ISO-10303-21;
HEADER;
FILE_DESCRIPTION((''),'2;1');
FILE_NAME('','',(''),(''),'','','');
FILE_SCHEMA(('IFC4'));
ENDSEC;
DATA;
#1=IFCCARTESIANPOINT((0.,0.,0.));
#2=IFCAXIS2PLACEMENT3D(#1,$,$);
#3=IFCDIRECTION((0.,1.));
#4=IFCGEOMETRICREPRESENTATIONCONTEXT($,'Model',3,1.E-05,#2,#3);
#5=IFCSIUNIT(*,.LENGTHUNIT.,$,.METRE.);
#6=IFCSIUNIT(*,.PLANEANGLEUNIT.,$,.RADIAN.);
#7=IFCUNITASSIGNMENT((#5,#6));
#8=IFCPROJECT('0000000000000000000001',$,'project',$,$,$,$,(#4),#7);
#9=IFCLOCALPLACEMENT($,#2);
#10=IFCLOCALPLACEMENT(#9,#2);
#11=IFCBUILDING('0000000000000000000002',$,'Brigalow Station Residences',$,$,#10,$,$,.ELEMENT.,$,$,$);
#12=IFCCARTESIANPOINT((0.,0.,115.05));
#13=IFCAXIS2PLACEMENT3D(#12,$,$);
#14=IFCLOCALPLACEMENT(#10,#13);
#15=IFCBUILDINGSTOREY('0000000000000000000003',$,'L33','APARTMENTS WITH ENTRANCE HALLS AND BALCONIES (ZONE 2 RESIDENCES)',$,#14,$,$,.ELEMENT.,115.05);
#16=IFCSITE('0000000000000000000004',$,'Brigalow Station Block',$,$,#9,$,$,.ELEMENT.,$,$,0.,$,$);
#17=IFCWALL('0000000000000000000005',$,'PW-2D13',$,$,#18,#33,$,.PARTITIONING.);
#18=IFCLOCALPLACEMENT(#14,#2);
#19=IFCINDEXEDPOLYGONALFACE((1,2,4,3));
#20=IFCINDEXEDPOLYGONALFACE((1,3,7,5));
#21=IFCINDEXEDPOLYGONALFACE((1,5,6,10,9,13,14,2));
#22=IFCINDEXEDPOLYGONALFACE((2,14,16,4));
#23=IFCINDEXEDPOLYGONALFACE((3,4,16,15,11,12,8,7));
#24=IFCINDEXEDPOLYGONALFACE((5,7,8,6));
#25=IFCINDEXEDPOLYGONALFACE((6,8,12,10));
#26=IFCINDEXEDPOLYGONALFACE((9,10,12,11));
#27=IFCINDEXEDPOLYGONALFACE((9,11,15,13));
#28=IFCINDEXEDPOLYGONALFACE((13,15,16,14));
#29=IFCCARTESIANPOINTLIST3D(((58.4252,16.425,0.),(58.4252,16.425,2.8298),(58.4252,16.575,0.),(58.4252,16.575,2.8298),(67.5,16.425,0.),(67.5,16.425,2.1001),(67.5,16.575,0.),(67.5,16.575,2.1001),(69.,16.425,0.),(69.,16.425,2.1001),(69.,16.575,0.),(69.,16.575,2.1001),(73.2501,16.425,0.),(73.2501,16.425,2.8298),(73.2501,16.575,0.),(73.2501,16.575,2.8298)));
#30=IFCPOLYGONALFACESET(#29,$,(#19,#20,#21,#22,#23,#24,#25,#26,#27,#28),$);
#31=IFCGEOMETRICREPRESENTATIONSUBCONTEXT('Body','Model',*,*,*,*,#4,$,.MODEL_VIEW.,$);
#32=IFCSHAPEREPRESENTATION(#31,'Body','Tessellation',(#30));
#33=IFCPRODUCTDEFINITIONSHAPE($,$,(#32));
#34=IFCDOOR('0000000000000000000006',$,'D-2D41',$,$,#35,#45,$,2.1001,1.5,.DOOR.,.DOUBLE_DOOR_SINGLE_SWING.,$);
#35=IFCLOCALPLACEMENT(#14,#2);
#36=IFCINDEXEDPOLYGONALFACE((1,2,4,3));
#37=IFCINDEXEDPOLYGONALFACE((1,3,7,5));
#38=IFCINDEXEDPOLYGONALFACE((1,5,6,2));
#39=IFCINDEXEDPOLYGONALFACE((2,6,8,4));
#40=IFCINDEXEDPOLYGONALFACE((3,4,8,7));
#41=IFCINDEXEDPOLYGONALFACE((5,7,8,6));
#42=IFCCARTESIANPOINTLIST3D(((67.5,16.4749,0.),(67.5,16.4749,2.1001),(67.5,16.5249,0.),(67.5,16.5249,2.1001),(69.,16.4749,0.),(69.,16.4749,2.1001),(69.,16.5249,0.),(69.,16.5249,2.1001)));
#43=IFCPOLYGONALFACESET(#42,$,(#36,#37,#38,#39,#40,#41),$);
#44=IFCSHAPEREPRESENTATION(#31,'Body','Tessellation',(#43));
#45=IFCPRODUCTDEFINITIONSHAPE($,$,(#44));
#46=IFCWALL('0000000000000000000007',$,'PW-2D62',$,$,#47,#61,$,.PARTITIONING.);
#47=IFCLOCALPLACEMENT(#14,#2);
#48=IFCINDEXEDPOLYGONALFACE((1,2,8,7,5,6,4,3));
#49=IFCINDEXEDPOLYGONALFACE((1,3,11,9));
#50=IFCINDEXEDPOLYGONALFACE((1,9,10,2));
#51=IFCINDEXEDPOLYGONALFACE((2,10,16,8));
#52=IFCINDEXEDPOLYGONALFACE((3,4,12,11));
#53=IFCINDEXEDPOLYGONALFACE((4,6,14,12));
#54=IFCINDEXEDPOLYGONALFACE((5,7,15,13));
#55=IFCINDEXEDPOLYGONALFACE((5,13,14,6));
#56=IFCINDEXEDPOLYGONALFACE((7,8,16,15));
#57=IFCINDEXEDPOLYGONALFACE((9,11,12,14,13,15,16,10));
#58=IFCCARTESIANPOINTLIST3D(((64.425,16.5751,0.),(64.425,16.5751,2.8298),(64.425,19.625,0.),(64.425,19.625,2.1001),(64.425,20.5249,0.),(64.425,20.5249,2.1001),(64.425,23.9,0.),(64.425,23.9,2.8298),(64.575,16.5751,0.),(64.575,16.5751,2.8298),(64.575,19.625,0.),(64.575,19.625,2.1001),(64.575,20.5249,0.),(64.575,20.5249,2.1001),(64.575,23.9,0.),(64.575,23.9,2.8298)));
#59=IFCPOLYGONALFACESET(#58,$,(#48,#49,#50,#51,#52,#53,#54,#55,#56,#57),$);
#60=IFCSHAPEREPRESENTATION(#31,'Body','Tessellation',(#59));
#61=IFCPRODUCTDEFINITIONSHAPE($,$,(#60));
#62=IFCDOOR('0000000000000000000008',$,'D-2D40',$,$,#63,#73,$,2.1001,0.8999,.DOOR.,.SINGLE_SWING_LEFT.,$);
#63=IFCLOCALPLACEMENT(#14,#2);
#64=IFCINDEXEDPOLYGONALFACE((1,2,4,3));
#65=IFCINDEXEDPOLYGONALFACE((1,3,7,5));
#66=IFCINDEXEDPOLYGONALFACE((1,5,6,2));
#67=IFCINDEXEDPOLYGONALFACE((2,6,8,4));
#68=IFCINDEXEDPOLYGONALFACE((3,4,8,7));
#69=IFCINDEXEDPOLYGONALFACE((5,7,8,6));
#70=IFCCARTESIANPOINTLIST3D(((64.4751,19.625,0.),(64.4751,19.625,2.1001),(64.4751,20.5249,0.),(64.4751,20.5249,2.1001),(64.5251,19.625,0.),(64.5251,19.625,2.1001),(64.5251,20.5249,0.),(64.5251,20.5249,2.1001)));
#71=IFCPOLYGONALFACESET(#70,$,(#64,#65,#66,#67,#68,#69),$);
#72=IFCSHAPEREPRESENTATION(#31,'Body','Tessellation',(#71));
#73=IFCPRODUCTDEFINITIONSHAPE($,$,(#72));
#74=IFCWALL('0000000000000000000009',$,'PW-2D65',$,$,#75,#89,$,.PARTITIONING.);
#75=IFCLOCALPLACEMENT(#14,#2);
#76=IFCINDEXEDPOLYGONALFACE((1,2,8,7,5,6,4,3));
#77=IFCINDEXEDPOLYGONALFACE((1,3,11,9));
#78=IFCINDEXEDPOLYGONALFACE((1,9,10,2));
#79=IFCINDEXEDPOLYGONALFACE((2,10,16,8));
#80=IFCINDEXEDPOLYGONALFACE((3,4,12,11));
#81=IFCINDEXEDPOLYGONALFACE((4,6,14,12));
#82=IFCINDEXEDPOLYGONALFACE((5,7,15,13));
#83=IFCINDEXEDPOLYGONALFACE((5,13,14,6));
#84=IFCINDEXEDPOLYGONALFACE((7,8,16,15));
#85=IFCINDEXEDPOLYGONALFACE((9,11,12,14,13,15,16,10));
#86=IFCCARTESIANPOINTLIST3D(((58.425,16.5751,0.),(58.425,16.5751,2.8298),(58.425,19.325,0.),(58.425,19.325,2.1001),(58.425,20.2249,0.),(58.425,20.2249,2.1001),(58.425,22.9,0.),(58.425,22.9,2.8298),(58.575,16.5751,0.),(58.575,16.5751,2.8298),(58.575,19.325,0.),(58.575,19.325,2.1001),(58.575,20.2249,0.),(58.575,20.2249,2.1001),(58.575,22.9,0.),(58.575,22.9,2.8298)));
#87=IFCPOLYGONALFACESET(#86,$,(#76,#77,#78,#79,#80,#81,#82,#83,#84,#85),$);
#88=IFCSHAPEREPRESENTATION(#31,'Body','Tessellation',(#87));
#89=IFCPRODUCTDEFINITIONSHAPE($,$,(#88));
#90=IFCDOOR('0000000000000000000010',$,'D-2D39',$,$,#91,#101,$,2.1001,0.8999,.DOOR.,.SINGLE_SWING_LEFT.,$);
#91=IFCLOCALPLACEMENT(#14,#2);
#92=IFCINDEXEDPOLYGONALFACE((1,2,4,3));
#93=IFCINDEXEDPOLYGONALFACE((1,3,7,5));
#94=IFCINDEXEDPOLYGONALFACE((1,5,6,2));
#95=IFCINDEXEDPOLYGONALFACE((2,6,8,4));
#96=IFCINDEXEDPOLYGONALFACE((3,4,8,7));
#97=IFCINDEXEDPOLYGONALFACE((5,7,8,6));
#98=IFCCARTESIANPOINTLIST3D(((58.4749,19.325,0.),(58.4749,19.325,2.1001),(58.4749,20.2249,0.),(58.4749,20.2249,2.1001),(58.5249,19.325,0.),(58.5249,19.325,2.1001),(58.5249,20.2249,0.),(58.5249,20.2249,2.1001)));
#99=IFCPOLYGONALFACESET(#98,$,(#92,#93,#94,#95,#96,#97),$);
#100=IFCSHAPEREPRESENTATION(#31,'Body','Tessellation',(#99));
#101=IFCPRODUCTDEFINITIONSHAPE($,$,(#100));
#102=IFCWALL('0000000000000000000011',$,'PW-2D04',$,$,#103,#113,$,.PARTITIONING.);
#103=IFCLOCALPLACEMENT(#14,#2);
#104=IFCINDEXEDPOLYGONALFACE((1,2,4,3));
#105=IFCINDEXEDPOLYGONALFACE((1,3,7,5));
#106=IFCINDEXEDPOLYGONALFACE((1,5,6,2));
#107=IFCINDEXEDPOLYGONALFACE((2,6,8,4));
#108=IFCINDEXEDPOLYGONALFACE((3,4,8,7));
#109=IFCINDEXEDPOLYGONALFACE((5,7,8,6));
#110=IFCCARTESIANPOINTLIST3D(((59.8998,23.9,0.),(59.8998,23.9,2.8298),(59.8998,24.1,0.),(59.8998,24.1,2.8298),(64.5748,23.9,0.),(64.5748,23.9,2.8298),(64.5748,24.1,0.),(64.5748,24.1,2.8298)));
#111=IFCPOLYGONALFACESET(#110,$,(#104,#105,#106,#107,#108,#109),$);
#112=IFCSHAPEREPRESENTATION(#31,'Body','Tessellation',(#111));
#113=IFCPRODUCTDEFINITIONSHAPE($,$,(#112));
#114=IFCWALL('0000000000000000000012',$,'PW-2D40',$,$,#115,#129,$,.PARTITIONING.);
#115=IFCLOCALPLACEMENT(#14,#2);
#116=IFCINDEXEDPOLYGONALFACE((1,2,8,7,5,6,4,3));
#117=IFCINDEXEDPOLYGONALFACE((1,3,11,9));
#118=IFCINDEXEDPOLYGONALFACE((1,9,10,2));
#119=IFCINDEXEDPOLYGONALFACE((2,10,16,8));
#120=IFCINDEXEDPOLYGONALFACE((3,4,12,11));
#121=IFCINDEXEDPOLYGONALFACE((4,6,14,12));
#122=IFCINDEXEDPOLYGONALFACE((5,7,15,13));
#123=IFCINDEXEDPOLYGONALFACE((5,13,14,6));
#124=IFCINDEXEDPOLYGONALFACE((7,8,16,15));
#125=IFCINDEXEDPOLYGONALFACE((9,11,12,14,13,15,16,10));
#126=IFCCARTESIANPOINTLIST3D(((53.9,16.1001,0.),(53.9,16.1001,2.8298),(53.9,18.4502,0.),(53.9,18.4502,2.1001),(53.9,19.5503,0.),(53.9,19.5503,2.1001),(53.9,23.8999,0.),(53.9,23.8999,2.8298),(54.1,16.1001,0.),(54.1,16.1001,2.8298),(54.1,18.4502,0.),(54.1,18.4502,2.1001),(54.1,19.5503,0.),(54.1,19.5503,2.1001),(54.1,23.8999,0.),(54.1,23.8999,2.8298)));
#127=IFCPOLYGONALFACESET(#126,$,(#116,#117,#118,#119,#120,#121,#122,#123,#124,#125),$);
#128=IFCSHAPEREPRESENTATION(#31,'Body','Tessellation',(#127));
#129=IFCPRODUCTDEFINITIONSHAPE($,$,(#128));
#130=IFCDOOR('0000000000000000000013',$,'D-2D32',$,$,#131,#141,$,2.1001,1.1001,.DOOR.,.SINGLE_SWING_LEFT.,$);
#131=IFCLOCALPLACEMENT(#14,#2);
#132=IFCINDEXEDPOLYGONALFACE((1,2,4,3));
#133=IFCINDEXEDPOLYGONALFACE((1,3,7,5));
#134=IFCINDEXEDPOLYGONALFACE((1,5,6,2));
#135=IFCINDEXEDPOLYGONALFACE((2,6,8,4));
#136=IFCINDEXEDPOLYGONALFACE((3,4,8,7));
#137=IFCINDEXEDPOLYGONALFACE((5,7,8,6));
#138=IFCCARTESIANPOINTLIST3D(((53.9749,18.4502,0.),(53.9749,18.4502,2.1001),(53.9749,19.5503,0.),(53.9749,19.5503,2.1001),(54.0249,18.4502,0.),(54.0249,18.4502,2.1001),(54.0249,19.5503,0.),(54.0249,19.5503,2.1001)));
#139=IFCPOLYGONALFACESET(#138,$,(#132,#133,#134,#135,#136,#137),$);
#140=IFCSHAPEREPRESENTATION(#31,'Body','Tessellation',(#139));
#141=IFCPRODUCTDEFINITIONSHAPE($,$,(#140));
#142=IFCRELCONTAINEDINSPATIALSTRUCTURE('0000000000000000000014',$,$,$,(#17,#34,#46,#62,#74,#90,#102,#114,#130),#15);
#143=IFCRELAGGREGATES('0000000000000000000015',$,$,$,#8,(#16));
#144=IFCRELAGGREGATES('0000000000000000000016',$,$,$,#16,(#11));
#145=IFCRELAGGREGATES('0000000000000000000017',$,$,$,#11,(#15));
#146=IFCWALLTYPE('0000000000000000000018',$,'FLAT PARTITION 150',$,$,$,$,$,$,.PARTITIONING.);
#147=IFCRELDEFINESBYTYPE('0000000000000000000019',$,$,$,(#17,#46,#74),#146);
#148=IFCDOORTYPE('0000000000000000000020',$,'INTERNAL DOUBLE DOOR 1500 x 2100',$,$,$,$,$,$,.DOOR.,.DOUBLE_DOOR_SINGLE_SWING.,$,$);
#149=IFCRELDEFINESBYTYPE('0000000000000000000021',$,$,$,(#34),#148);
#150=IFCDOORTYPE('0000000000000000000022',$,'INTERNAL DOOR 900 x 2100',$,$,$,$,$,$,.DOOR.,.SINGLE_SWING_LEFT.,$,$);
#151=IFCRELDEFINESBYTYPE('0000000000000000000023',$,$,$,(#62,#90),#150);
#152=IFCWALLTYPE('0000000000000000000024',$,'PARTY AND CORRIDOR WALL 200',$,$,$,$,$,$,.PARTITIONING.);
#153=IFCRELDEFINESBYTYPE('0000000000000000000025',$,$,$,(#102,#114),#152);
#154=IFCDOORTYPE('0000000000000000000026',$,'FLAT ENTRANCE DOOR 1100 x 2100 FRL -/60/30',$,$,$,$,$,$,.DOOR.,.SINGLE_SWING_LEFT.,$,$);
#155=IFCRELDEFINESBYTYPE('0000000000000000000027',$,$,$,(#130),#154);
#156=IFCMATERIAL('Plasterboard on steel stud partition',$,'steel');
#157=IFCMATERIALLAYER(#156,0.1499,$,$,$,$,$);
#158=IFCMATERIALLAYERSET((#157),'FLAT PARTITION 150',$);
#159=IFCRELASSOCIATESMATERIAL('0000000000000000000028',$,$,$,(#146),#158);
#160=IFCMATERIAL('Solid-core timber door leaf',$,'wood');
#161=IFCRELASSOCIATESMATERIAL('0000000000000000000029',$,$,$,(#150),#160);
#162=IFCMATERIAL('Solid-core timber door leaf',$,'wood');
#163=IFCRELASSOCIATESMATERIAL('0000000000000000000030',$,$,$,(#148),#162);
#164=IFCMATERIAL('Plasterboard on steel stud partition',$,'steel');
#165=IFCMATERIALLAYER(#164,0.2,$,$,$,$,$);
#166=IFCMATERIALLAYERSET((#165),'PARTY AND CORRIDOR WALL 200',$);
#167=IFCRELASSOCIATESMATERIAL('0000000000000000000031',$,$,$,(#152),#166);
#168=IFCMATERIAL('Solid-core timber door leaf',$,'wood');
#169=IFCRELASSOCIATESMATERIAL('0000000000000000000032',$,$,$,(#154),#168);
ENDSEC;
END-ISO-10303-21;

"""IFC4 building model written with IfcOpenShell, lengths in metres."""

from ifc_helpers import new_model, si_unit, direction, frame, frame_2d, origin, place, context, subcontext, project, spatial, rectangle, extrude, material, layer, layer_set, type_object, element, fill, save


model = new_model("IFC4")

# Units and contexts
model_context = context("Model", 3, precision=1e-05, world=origin(), true_north=direction((0.0, 1.0)))
body_context = subcontext(model_context, "Body", "Model", "MODEL_VIEW")
ifc_project = project(units=[si_unit("LENGTHUNIT", "METRE"), si_unit("PLANEANGLEUNIT", "RADIAN")], contexts=[model_context])

# Site, building, storey
site_placement = place(None, origin())
site = spatial("IfcSite", under=ifc_project, at=site_placement, Name="Brigalow Station Block", CompositionType="ELEMENT", RefElevation=0.0)
building_placement = place(site_placement, origin())
building = spatial("IfcBuilding", under=site, at=building_placement, Name="Brigalow Station Residences", CompositionType="ELEMENT")
storey_placement = place(building_placement, frame((0.0, 0.0, 115.05)))
storey = spatial("IfcBuildingStorey", under=building, at=storey_placement, Name="L33", Description="APARTMENTS WITH ENTRANCE HALLS AND BALCONIES (ZONE 2 RESIDENCES)", CompositionType="ELEMENT", Elevation=115.05)

# Shared definitions
ifc_material_1 = material(Name="Plasterboard on steel stud partition", Category="steel")
ifc_layer_1 = layer(ifc_material_1, 0.1499)
ifc_layer_set_1 = layer_set([ifc_layer_1], Name="FLAT PARTITION 150")
wall_type_1 = type_object("IfcWallType", Name="FLAT PARTITION 150", PredefinedType="PARTITIONING", material=ifc_layer_set_1)
ifc_material_2 = material(Name="Solid-core timber door leaf", Category="wood")
door_type_1 = type_object("IfcDoorType", Name="INTERNAL DOOR 900 x 2100", OperationType="SINGLE_SWING_LEFT", PredefinedType="DOOR", material=ifc_material_2)

# Walls, openings, doors
wall_1_placement = place(storey_placement, frame((58.425, 16.5, 0.0), z_axis=(0.0, 0.0, 1.0), x_axis=(1.0, 0.0, 0.0)))
wall_1 = element("IfcWall", 1, at=wall_1_placement, inside=storey, type_object=wall_type_1, Name="PW-2D13", PredefinedType="PARTITIONING", context=body_context, shape_type="SweptSolid", body=[
    extrude(rectangle(XDim=14.825, YDim=0.1499, at=frame_2d((7.4126, 0.0))), origin(), (0.0, 0.0, 1.0), 2.8298),
])
opening_1_placement = place(wall_1_placement, frame((9.075, 0.0, 0.0)))
opening_1 = element("IfcOpeningElement", 2, at=opening_1_placement, cuts=wall_1, PredefinedType="OPENING", context=body_context, shape_type="SweptSolid", body=[
    extrude(rectangle(XDim=1.5, YDim=2.1001, at=frame_2d((0.75, 1.05))), frame((0.0, 0.085, 0.0), z_axis=(0.0, -1.0, 0.0), x_axis=(1.0, 0.0, 0.0)), (0.0, 0.0, 1.0), 0.1699),
])
ifc_material_3 = material(Name="Solid-core timber door leaf", Category="wood")
door_type_2 = type_object("IfcDoorType", Name="INTERNAL DOUBLE DOOR 1500 x 2100", OperationType="DOUBLE_DOOR_SINGLE_SWING", PredefinedType="DOOR", material=ifc_material_3)
door_1_placement = place(opening_1_placement, origin())
door_1 = element("IfcDoor", 3, at=door_1_placement, inside=storey, type_object=door_type_2, Name="D-2D41", OperationType="DOUBLE_DOOR_SINGLE_SWING", OverallHeight=2.1001, OverallWidth=1.5, PredefinedType="DOOR", context=body_context, shape_type="SweptSolid", body=[
    extrude(rectangle(XDim=1.5, YDim=2.1001, at=frame_2d((0.75, 1.05))), frame((0.0, 0.0249, 0.0), z_axis=(0.0, -1.0, 0.0), x_axis=(1.0, 0.0, 0.0)), (0.0, 0.0, 1.0), 0.05),
])
fill(opening_1, door_1)
wall_2_placement = place(storey_placement, frame((64.5, 16.575, 0.0), z_axis=(0.0, 0.0, 1.0), x_axis=(0.0, 1.0, 0.0)))
wall_2 = element("IfcWall", 4, at=wall_2_placement, inside=storey, type_object=wall_type_1, Name="PW-2D62", PredefinedType="PARTITIONING", context=body_context, shape_type="SweptSolid", body=[
    extrude(rectangle(XDim=7.325, YDim=0.1499, at=frame_2d((3.6626, 0.0))), origin(), (0.0, 0.0, 1.0), 2.8298),
])
opening_2_placement = place(wall_2_placement, frame((3.05, 0.0, 0.0)))
opening_2 = element("IfcOpeningElement", 5, at=opening_2_placement, cuts=wall_2, PredefinedType="OPENING", context=body_context, shape_type="SweptSolid", body=[
    extrude(rectangle(XDim=0.8999, YDim=2.1001, at=frame_2d((0.45, 1.05))), frame((0.0, 0.085, 0.0), z_axis=(0.0, -1.0, 0.0), x_axis=(1.0, 0.0, 0.0)), (0.0, 0.0, 1.0), 0.1699),
])
door_2_placement = place(opening_2_placement, origin())
door_2 = element("IfcDoor", 6, at=door_2_placement, inside=storey, type_object=door_type_1, Name="D-2D40", OperationType="SINGLE_SWING_LEFT", OverallHeight=2.1001, OverallWidth=0.8999, PredefinedType="DOOR", context=body_context, shape_type="SweptSolid", body=[
    extrude(rectangle(XDim=0.8999, YDim=2.1001, at=frame_2d((0.45, 1.05))), frame((0.0, 0.0249, 0.0), z_axis=(0.0, -1.0, 0.0), x_axis=(1.0, 0.0, 0.0)), (0.0, 0.0, 1.0), 0.05),
])
fill(opening_2, door_2)
wall_3_placement = place(storey_placement, frame((58.5, 16.575, 0.0), z_axis=(0.0, 0.0, 1.0), x_axis=(0.0, 1.0, 0.0)))
wall_3 = element("IfcWall", 7, at=wall_3_placement, inside=storey, type_object=wall_type_1, Name="PW-2D65", PredefinedType="PARTITIONING", context=body_context, shape_type="SweptSolid", body=[
    extrude(rectangle(XDim=6.325, YDim=0.1499, at=frame_2d((3.1626, 0.0))), origin(), (0.0, 0.0, 1.0), 2.8298),
])
opening_3_placement = place(wall_3_placement, frame((2.75, 0.0, 0.0)))
opening_3 = element("IfcOpeningElement", 8, at=opening_3_placement, cuts=wall_3, PredefinedType="OPENING", context=body_context, shape_type="SweptSolid", body=[
    extrude(rectangle(XDim=0.8999, YDim=2.1001, at=frame_2d((0.45, 1.05))), frame((0.0, 0.085, 0.0), z_axis=(0.0, -1.0, 0.0), x_axis=(1.0, 0.0, 0.0)), (0.0, 0.0, 1.0), 0.1699),
])
door_3_placement = place(opening_3_placement, frame((0.8999, 0.0, 0.0), z_axis=(0.0, 0.0, 1.0), x_axis=(-1.0, 0.0, 0.0)))
door_3 = element("IfcDoor", 9, at=door_3_placement, inside=storey, type_object=door_type_1, Name="D-2D39", OperationType="SINGLE_SWING_LEFT", OverallHeight=2.1001, OverallWidth=0.8999, PredefinedType="DOOR", context=body_context, shape_type="SweptSolid", body=[
    extrude(rectangle(XDim=0.8999, YDim=2.1001, at=frame_2d((0.45, 1.05))), frame((0.0, 0.0249, 0.0), z_axis=(0.0, -1.0, 0.0), x_axis=(1.0, 0.0, 0.0)), (0.0, 0.0, 1.0), 0.05),
])
fill(opening_3, door_3)

# Wall
ifc_material_4 = material(Name="Plasterboard on steel stud partition", Category="steel")
ifc_layer_2 = layer(ifc_material_4, 0.2)
ifc_layer_set_2 = layer_set([ifc_layer_2], Name="PARTY AND CORRIDOR WALL 200")
wall_type_2 = type_object("IfcWallType", Name="PARTY AND CORRIDOR WALL 200", PredefinedType="PARTITIONING", material=ifc_layer_set_2)
wall_4_placement = place(storey_placement, frame((59.8999, 24.0, 0.0), z_axis=(0.0, 0.0, 1.0), x_axis=(1.0, 0.0, 0.0)))
element("IfcWall", 10, at=wall_4_placement, inside=storey, type_object=wall_type_2, Name="PW-2D04", PredefinedType="PARTITIONING", context=body_context, shape_type="SweptSolid", body=[
    extrude(rectangle(XDim=4.675, YDim=0.2, at=frame_2d((2.3374, 0.0))), origin(), (0.0, 0.0, 1.0), 2.8298),
])

# Wall, opening, door
wall_5_placement = place(storey_placement, frame((54.0, 16.1001, 0.0), z_axis=(0.0, 0.0, 1.0), x_axis=(0.0, 1.0, 0.0)))
wall_5 = element("IfcWall", 11, at=wall_5_placement, inside=storey, type_object=wall_type_2, Name="PW-2D40", PredefinedType="PARTITIONING", context=body_context, shape_type="SweptSolid", body=[
    extrude(rectangle(XDim=7.7998, YDim=0.2, at=frame_2d((3.8999, 0.0))), origin(), (0.0, 0.0, 1.0), 2.8298),
])
opening_4_placement = place(wall_5_placement, frame((2.3501, 0.0, 0.0)))
opening_4 = element("IfcOpeningElement", 12, at=opening_4_placement, cuts=wall_5, PredefinedType="OPENING", context=body_context, shape_type="SweptSolid", body=[
    extrude(rectangle(XDim=1.1001, YDim=2.1001, at=frame_2d((0.55, 1.05))), frame((0.0, 0.1099, 0.0), z_axis=(0.0, -1.0, 0.0), x_axis=(1.0, 0.0, 0.0)), (0.0, 0.0, 1.0), 0.22),
])
ifc_material_5 = material(Name="Solid-core timber door leaf", Category="wood")
door_type_3 = type_object("IfcDoorType", Name="FLAT ENTRANCE DOOR 1100 x 2100 FRL -/60/30", OperationType="SINGLE_SWING_LEFT", PredefinedType="DOOR", material=ifc_material_5)
door_4_placement = place(opening_4_placement, frame((1.1001, 0.0, 0.0), z_axis=(0.0, 0.0, 1.0), x_axis=(-1.0, 0.0, 0.0)))
door_4 = element("IfcDoor", 13, at=door_4_placement, inside=storey, type_object=door_type_3, Name="D-2D32", OperationType="SINGLE_SWING_LEFT", OverallHeight=2.1001, OverallWidth=1.1001, PredefinedType="DOOR", context=body_context, shape_type="SweptSolid", body=[
    extrude(rectangle(XDim=1.1001, YDim=2.1001, at=frame_2d((0.55, 1.05))), frame((0.0, 0.0249, 0.0), z_axis=(0.0, -1.0, 0.0), x_axis=(1.0, 0.0, 0.0)), (0.0, 0.0, 1.0), 0.05),
])
fill(opening_4, door_4)

save(model, "model.ifc")
